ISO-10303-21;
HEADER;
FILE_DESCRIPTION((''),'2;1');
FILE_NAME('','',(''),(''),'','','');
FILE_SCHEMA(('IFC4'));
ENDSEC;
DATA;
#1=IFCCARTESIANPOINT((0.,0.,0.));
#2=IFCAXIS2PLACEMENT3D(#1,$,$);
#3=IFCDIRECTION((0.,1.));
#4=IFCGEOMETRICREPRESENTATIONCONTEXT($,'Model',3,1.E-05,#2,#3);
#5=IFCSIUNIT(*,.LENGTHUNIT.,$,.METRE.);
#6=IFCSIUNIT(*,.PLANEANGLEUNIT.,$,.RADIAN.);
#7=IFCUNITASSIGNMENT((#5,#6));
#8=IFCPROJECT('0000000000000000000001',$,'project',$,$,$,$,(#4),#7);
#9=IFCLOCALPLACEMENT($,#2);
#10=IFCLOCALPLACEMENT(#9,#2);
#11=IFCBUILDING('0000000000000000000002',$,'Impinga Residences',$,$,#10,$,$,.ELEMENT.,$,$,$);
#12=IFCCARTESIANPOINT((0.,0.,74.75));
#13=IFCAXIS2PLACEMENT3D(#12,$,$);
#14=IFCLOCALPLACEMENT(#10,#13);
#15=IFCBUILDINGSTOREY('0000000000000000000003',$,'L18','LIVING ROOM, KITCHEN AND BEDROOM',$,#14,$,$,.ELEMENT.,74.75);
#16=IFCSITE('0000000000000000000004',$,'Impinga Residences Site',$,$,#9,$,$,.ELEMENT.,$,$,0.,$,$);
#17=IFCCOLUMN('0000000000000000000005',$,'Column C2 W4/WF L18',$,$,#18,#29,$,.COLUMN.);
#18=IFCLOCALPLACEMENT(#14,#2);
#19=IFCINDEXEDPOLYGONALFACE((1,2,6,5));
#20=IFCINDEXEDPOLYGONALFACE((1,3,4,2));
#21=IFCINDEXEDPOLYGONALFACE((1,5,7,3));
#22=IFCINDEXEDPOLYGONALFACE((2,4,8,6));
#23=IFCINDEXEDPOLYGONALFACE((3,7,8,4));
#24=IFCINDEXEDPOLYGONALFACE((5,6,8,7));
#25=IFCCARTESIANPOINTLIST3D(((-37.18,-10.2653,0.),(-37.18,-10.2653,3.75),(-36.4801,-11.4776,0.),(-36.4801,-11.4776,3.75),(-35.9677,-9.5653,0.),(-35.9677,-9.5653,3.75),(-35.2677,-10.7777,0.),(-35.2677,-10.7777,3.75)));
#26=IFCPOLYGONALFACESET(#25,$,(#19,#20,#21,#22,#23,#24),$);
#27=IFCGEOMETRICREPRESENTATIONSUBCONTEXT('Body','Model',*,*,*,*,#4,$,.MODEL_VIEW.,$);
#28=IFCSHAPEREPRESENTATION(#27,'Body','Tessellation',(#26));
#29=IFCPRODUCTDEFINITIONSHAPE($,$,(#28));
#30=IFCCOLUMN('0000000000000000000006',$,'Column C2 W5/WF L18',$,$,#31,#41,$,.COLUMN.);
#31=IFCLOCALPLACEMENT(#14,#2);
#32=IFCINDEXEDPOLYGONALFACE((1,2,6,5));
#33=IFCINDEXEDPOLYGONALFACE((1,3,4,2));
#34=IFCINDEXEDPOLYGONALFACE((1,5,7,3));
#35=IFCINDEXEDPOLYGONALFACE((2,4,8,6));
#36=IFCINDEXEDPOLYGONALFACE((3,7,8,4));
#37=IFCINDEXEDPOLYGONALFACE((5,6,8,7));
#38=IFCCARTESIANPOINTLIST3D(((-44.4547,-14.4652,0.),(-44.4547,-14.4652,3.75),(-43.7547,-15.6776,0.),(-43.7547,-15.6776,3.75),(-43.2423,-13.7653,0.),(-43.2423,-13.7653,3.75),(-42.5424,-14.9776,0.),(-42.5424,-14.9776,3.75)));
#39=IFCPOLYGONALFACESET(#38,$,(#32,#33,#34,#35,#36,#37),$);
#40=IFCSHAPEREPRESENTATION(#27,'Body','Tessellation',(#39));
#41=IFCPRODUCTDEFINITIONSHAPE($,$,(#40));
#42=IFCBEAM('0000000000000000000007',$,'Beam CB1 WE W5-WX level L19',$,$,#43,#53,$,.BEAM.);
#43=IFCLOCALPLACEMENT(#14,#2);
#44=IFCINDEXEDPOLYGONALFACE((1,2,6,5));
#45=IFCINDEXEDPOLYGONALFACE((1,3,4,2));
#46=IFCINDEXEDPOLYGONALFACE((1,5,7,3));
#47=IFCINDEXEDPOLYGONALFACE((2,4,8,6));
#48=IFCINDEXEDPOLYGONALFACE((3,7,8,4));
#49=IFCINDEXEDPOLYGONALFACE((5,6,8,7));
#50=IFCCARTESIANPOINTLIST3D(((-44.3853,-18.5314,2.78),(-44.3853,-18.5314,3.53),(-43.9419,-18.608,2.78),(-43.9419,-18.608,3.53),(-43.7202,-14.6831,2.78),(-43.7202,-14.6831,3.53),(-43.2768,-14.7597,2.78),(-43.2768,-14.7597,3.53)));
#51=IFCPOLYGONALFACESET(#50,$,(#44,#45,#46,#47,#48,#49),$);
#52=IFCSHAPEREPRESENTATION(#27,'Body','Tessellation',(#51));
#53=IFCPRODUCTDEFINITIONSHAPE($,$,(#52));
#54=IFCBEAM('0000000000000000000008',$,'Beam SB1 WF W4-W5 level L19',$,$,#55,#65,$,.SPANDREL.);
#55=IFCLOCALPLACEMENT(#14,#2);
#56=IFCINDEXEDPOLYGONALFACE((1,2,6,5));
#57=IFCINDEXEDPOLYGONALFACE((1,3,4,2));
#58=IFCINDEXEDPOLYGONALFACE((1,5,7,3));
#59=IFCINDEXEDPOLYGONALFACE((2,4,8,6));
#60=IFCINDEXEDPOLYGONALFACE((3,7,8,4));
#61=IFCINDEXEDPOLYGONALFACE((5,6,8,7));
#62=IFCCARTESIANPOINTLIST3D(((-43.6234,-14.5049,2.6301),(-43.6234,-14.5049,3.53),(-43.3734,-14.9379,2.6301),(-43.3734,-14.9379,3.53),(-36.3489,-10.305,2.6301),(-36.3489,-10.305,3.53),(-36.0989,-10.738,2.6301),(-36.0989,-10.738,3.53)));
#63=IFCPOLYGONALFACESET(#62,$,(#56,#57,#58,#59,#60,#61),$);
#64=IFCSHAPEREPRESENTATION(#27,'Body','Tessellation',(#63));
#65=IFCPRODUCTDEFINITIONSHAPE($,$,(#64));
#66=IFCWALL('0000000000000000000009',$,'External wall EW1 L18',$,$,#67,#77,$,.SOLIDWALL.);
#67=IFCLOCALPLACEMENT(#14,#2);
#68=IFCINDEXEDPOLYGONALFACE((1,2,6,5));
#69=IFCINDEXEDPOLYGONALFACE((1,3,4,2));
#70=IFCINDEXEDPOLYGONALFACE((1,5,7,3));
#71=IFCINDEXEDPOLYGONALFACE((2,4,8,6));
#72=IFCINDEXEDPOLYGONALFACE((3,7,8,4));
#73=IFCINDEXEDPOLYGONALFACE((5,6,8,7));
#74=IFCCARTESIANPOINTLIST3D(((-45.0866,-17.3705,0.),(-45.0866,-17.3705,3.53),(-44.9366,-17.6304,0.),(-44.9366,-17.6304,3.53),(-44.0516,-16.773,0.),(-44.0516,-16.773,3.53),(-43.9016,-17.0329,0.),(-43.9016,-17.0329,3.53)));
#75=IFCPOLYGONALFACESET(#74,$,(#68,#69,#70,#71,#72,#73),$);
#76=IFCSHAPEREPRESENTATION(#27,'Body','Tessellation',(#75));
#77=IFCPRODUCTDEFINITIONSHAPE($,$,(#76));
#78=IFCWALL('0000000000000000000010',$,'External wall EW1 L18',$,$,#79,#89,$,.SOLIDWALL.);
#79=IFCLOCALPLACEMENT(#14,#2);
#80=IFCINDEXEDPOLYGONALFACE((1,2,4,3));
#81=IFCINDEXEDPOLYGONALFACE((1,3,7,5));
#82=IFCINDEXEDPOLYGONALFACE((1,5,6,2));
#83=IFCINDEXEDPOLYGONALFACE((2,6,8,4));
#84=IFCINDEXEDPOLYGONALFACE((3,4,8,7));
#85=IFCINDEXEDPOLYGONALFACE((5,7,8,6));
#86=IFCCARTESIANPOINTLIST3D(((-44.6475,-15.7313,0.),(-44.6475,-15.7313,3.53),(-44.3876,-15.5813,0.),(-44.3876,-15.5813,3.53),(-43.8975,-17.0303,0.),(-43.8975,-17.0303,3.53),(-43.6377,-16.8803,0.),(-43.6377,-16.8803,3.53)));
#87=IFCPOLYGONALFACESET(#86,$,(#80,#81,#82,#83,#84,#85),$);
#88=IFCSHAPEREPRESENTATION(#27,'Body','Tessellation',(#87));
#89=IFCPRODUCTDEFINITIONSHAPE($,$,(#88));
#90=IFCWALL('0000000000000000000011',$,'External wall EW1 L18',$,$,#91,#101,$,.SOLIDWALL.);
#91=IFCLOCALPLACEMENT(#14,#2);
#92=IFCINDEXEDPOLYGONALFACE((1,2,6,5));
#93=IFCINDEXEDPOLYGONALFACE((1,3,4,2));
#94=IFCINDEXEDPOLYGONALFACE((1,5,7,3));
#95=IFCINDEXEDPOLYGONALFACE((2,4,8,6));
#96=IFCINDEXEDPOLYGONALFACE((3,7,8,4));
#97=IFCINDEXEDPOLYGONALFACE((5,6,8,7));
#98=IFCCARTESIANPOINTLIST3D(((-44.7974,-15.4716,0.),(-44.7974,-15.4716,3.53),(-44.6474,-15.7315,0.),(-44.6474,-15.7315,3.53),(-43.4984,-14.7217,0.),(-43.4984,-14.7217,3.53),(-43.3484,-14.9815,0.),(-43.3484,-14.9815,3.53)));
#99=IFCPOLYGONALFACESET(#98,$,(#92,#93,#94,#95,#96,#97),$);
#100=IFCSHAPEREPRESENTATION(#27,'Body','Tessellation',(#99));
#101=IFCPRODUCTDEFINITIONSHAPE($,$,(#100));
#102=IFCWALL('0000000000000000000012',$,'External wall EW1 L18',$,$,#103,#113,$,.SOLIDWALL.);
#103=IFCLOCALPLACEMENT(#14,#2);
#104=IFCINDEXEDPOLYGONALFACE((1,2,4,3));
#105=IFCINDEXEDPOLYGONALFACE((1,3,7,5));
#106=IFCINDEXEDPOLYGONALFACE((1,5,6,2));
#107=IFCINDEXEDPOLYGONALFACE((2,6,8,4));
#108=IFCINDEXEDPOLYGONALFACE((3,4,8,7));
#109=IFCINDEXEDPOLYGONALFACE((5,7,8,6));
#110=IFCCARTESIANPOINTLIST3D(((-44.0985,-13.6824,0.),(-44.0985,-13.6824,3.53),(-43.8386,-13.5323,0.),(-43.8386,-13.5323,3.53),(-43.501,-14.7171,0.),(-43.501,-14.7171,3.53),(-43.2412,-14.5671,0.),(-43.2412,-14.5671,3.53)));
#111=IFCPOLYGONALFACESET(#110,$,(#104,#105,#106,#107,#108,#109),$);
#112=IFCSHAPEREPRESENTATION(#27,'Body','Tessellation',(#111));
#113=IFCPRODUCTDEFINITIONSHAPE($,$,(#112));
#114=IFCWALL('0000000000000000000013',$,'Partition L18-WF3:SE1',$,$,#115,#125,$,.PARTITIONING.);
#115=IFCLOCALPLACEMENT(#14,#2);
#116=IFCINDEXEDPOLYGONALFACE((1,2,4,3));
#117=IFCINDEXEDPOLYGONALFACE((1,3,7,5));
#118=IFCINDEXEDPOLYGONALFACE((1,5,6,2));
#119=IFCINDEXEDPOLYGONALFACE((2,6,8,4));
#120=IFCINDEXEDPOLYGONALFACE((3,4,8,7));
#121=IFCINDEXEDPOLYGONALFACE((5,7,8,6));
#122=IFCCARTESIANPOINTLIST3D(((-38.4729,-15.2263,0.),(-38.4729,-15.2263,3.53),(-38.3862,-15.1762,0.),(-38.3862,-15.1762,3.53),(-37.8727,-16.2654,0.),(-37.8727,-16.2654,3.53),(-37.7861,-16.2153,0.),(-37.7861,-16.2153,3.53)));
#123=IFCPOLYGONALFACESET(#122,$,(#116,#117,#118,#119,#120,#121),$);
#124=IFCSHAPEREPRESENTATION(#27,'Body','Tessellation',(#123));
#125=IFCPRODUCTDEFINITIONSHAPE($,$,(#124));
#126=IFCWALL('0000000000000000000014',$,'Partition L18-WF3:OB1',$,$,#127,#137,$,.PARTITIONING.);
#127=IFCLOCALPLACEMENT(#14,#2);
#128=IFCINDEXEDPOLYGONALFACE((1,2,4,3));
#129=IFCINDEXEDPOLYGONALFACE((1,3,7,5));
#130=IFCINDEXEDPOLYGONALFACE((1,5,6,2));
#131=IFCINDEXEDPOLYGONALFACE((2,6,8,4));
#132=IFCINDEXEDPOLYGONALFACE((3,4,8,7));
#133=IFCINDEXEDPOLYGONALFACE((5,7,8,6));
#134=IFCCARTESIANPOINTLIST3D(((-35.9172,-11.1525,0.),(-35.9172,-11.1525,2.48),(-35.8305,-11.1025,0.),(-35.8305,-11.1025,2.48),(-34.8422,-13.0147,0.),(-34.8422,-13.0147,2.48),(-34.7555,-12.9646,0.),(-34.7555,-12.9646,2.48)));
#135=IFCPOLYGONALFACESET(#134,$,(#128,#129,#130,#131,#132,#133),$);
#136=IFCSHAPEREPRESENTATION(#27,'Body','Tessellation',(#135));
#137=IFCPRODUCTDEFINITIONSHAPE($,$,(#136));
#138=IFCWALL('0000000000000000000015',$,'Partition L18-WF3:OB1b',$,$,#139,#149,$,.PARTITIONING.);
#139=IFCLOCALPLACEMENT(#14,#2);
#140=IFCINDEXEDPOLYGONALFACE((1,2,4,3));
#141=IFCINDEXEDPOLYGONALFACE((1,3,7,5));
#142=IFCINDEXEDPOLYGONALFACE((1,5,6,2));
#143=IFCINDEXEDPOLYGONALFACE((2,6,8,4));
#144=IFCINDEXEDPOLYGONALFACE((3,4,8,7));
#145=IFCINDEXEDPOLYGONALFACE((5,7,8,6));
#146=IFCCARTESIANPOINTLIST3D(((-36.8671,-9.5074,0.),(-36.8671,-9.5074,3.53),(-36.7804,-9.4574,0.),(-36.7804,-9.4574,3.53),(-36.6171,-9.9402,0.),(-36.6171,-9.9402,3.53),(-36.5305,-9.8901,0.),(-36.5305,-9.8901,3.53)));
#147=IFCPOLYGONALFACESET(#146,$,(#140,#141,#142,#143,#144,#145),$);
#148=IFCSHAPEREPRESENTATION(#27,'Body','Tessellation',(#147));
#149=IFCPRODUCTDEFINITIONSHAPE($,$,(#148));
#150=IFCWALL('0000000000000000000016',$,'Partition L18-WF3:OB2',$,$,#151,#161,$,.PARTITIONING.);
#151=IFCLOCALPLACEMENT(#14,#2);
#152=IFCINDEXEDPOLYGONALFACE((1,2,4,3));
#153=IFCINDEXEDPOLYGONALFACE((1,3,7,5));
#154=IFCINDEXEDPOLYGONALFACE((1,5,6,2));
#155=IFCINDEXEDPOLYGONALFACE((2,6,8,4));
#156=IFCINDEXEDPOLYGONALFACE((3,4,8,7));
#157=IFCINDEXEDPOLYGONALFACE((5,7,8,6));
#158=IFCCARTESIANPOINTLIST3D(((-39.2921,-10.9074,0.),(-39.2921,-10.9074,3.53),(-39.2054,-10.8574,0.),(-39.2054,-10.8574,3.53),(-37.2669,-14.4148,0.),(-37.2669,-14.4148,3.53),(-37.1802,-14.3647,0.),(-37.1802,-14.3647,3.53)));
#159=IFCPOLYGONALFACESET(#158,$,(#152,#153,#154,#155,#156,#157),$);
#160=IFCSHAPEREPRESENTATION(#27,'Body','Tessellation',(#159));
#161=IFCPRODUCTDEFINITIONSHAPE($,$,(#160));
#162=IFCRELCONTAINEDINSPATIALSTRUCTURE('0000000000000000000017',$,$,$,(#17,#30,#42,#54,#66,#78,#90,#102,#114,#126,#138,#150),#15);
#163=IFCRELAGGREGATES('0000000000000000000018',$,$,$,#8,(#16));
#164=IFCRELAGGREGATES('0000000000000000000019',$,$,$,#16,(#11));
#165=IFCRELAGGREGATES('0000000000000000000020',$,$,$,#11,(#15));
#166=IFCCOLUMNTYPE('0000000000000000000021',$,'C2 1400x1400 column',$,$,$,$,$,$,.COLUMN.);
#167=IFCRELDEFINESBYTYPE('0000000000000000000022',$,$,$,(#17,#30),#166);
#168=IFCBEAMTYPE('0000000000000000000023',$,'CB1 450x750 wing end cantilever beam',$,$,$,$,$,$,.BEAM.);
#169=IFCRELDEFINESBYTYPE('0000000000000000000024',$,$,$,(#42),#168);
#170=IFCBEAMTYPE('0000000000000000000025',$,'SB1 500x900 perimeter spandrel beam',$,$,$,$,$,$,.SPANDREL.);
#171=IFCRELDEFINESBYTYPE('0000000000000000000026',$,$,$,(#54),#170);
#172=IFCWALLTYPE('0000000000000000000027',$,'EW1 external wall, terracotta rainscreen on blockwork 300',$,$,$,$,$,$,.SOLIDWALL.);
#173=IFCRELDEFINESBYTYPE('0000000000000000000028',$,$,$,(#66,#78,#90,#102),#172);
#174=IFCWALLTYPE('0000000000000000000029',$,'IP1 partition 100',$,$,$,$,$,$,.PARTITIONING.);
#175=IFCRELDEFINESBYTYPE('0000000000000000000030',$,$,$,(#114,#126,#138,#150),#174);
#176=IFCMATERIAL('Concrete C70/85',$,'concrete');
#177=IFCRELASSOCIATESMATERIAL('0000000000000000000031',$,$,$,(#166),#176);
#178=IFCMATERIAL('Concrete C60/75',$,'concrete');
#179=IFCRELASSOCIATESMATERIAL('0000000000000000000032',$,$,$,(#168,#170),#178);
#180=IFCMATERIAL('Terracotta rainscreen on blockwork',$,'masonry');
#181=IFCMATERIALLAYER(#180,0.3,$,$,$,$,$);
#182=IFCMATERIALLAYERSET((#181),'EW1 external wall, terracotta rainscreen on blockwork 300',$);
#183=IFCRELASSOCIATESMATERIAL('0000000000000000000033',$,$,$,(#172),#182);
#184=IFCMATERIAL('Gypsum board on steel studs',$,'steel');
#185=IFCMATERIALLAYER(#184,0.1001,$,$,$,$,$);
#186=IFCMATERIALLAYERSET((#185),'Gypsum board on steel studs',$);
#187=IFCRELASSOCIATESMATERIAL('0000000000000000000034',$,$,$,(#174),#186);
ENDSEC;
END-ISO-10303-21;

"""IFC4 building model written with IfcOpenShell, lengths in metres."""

from ifc_helpers import new_model, si_unit, direction, frame, frame_2d, origin, origin_2d, place, context, subcontext, project, spatial, rectangle, extrude, material, layer, layer_set, material_profile, profile_set, type_object, element, save


model = new_model("IFC4")

# Units and contexts
model_context = context("Model", 3, precision=1e-05, world=origin(), true_north=direction((0.0, 1.0)))
body_context = subcontext(model_context, "Body", "Model", "MODEL_VIEW")
ifc_project = project(units=[si_unit("LENGTHUNIT", "METRE"), si_unit("PLANEANGLEUNIT", "RADIAN")], contexts=[model_context])

# Site, building, storey
site_placement = place(None, origin())
site = spatial("IfcSite", under=ifc_project, at=site_placement, Name="Impinga Residences Site", CompositionType="ELEMENT", RefElevation=0.0)
building_placement = place(site_placement, origin())
building = spatial("IfcBuilding", under=site, at=building_placement, Name="Impinga Residences", CompositionType="ELEMENT")
storey_placement = place(building_placement, frame((0.0, 0.0, 74.75)))
storey = spatial("IfcBuildingStorey", under=building, at=storey_placement, Name="L18", Description="LIVING ROOM, KITCHEN AND BEDROOM", CompositionType="ELEMENT", Elevation=74.75)

# Columns
ifc_material_1 = material(Name="Concrete C70/85", Category="concrete")
ifc_material_profile_1 = material_profile(ifc_material_1, rectangle(XDim=1.3999, YDim=1.3999, at=origin_2d()), Name="RC 1400x1400")
ifc_profile_set_1 = profile_set([ifc_material_profile_1], Name="Concrete C70/85")
column_type = type_object("IfcColumnType", Name="C2 1400x1400 column", PredefinedType="COLUMN", material=ifc_profile_set_1)
for number, where, z_axis, x_axis, name in (
    (1, (-36.2239, -10.5215, 0.0), (0.0, 0.0, 1.0), (-0.5, 0.866025, 0.0), "Column C2 W4/WF L18"),
    (2, (-43.4985, -14.7214, 0.0), (0.0, 0.0, 1.0), (-0.5, 0.866025, 0.0), "Column C2 W5/WF L18"),
):
    element("IfcColumn", number, at=place(storey_placement, frame(where, z_axis=z_axis, x_axis=x_axis)), inside=storey, type_object=column_type, Name=name, PredefinedType="COLUMN", context=body_context, shape_type="SweptSolid", body=[
        extrude(rectangle(XDim=1.3999, YDim=1.3999, at=origin_2d()), origin(), (0.0, 0.0, 1.0), 3.75),
    ])

# Beams
ifc_material_2 = material(Name="Concrete C60/75", Category="concrete")
ifc_material_profile_2 = material_profile(ifc_material_2, rectangle(XDim=0.45, YDim=0.75, at=origin_2d()), Name="RC 450x750")
ifc_profile_set_2 = profile_set([ifc_material_profile_2], Name="Concrete C60/75")
beam_type_1 = type_object("IfcBeamType", Name="CB1 450x750 wing end cantilever beam", PredefinedType="BEAM", material=ifc_profile_set_2)
beam_1_placement = place(storey_placement, frame((-43.4985, -14.7214, 3.155), z_axis=(-0.170296, -0.985393, 0.0), x_axis=(0.985393, -0.170296, 0.0)))
element("IfcBeam", 3, at=beam_1_placement, inside=storey, type_object=beam_type_1, Name="Beam CB1 WE W5-WX level L19", PredefinedType="BEAM", context=body_context, shape_type="SweptSolid", body=[
    extrude(rectangle(XDim=0.45, YDim=0.75, at=origin_2d()), origin(), (0.0, 0.0, 1.0), 3.9053),
])
ifc_material_profile_3 = material_profile(ifc_material_2, rectangle(XDim=0.5, YDim=0.8999, at=origin_2d()), Name="RC 500x900")
ifc_profile_set_3 = profile_set([ifc_material_profile_3], Name="Concrete C60/75")
beam_type_2 = type_object("IfcBeamType", Name="SB1 500x900 perimeter spandrel beam", PredefinedType="SPANDREL", material=ifc_profile_set_3)
beam_2_placement = place(storey_placement, frame((-36.2239, -10.5215, 3.0801), z_axis=(-0.866029, -0.499993, 0.0), x_axis=(0.499993, -0.866029, 0.0)))
element("IfcBeam", 4, at=beam_2_placement, inside=storey, type_object=beam_type_2, Name="Beam SB1 WF W4-W5 level L19", PredefinedType="SPANDREL", context=body_context, shape_type="SweptSolid", body=[
    extrude(rectangle(XDim=0.5, YDim=0.8999, at=origin_2d()), origin(), (0.0, 0.0, 1.0), 8.3999),
])

# Walls
ifc_material_3 = material(Name="Terracotta rainscreen on blockwork", Category="masonry")
ifc_layer_1 = layer(ifc_material_3, 0.3)
ifc_layer_set_1 = layer_set([ifc_layer_1], Name="EW1 external wall, terracotta rainscreen on blockwork 300")
wall_type_1 = type_object("IfcWallType", Name="EW1 external wall, terracotta rainscreen on blockwork 300", PredefinedType="SOLIDWALL", material=ifc_layer_set_1)
wall_1_placement = place(storey_placement, frame((-45.0117, -17.5005, 0.0), z_axis=(0.0, 0.0, 1.0), x_axis=(0.86606, 0.499941, 0.0)))
element("IfcWall", 5, at=wall_1_placement, inside=storey, type_object=wall_type_1, Name="External wall EW1 L18", PredefinedType="SOLIDWALL", context=body_context, shape_type="SweptSolid", body=[
    extrude(rectangle(XDim=1.1951, YDim=0.3, at=frame_2d((0.5977, 0.0))), origin(), (0.0, 0.0, 1.0), 3.53),
])
for number, where, z_axis, x_axis, name in (
    (6, (-43.7676, -16.9553, 0.0), (0.0, 0.0, 1.0), (-0.49999, 0.866031, 0.0), "External wall EW1 L18"),
    (7, (-44.7224, -15.6016, 0.0), (0.0, 0.0, 1.0), (0.866031, 0.49999, 0.0), "External wall EW1 L18"),
):
    element("IfcWall", number, at=place(storey_placement, frame(where, z_axis=z_axis, x_axis=x_axis)), inside=storey, type_object=wall_type_1, Name=name, PredefinedType="SOLIDWALL", context=body_context, shape_type="SweptSolid", body=[
        extrude(rectangle(XDim=1.5, YDim=0.3, at=frame_2d((0.75, 0.0))), origin(), (0.0, 0.0, 1.0), 3.53),
    ])
wall_2_placement = place(storey_placement, frame((-43.3711, -14.6421, 0.0), z_axis=(0.0, 0.0, 1.0), x_axis=(-0.500029, 0.866009, 0.0)))
element("IfcWall", 8, at=wall_2_placement, inside=storey, type_object=wall_type_1, Name="External wall EW1 L18", PredefinedType="SOLIDWALL", context=body_context, shape_type="SweptSolid", body=[
    extrude(rectangle(XDim=1.1948, YDim=0.3, at=frame_2d((0.5974, 0.0))), origin(), (0.0, 0.0, 1.0), 3.53),
])

# Walls
ifc_material_4 = material(Name="Gypsum board on steel studs", Category="steel")
ifc_layer_2 = layer(ifc_material_4, 0.1001)
ifc_layer_set_2 = layer_set([ifc_layer_2], Name="Gypsum board on steel studs")
wall_type_2 = type_object("IfcWallType", Name="IP1 partition 100", PredefinedType="PARTITIONING", material=ifc_layer_set_2)
wall_3_placement = place(storey_placement, frame((-37.8293, -16.2405, 0.0), z_axis=(0.0, 0.0, 1.0), x_axis=(-0.500122, 0.865955, 0.0)))
element("IfcWall", 9, at=wall_3_placement, inside=storey, type_object=wall_type_2, Name="Partition L18-WF3:SE1", PredefinedType="PARTITIONING", context=body_context, shape_type="SweptSolid", body=[
    extrude(rectangle(XDim=1.2, YDim=0.1001, at=frame_2d((0.6001, 0.0))), origin(), (0.0, 0.0, 1.0), 3.53),
])
wall_4_placement = place(storey_placement, frame((-34.7988, -12.9897, 0.0), z_axis=(0.0, 0.0, 1.0), x_axis=(-0.499962, 0.866048, 0.0)))
element("IfcWall", 10, at=wall_4_placement, inside=storey, type_object=wall_type_2, Name="Partition L18-WF3:OB1", PredefinedType="PARTITIONING", context=body_context, shape_type="SweptSolid", body=[
    extrude(rectangle(XDim=2.1501, YDim=0.1001, at=frame_2d((1.0752, 0.0))), origin(), (0.0, 0.0, 1.0), 2.48),
])
wall_5_placement = place(storey_placement, frame((-36.5737, -9.9153, 0.0), z_axis=(0.0, 0.0, 1.0), x_axis=(-0.500131, 0.86595, 0.0)))
element("IfcWall", 11, at=wall_5_placement, inside=storey, type_object=wall_type_2, Name="Partition L18-WF3:OB1b", PredefinedType="PARTITIONING", context=body_context, shape_type="SweptSolid", body=[
    extrude(rectangle(XDim=0.4998, YDim=0.1001, at=frame_2d((0.25, 0.0))), origin(), (0.0, 0.0, 1.0), 3.53),
])
wall_6_placement = place(storey_placement, frame((-37.2236, -14.3896, 0.0), z_axis=(0.0, 0.0, 1.0), x_axis=(-0.500036, 0.866005, 0.0)))
element("IfcWall", 12, at=wall_6_placement, inside=storey, type_object=wall_type_2, Name="Partition L18-WF3:OB2", PredefinedType="PARTITIONING", context=body_context, shape_type="SweptSolid", body=[
    extrude(rectangle(XDim=4.05, YDim=0.1001, at=frame_2d((2.0249, 0.0))), origin(), (0.0, 0.0, 1.0), 3.53),
])

save(model, "model.ifc")
